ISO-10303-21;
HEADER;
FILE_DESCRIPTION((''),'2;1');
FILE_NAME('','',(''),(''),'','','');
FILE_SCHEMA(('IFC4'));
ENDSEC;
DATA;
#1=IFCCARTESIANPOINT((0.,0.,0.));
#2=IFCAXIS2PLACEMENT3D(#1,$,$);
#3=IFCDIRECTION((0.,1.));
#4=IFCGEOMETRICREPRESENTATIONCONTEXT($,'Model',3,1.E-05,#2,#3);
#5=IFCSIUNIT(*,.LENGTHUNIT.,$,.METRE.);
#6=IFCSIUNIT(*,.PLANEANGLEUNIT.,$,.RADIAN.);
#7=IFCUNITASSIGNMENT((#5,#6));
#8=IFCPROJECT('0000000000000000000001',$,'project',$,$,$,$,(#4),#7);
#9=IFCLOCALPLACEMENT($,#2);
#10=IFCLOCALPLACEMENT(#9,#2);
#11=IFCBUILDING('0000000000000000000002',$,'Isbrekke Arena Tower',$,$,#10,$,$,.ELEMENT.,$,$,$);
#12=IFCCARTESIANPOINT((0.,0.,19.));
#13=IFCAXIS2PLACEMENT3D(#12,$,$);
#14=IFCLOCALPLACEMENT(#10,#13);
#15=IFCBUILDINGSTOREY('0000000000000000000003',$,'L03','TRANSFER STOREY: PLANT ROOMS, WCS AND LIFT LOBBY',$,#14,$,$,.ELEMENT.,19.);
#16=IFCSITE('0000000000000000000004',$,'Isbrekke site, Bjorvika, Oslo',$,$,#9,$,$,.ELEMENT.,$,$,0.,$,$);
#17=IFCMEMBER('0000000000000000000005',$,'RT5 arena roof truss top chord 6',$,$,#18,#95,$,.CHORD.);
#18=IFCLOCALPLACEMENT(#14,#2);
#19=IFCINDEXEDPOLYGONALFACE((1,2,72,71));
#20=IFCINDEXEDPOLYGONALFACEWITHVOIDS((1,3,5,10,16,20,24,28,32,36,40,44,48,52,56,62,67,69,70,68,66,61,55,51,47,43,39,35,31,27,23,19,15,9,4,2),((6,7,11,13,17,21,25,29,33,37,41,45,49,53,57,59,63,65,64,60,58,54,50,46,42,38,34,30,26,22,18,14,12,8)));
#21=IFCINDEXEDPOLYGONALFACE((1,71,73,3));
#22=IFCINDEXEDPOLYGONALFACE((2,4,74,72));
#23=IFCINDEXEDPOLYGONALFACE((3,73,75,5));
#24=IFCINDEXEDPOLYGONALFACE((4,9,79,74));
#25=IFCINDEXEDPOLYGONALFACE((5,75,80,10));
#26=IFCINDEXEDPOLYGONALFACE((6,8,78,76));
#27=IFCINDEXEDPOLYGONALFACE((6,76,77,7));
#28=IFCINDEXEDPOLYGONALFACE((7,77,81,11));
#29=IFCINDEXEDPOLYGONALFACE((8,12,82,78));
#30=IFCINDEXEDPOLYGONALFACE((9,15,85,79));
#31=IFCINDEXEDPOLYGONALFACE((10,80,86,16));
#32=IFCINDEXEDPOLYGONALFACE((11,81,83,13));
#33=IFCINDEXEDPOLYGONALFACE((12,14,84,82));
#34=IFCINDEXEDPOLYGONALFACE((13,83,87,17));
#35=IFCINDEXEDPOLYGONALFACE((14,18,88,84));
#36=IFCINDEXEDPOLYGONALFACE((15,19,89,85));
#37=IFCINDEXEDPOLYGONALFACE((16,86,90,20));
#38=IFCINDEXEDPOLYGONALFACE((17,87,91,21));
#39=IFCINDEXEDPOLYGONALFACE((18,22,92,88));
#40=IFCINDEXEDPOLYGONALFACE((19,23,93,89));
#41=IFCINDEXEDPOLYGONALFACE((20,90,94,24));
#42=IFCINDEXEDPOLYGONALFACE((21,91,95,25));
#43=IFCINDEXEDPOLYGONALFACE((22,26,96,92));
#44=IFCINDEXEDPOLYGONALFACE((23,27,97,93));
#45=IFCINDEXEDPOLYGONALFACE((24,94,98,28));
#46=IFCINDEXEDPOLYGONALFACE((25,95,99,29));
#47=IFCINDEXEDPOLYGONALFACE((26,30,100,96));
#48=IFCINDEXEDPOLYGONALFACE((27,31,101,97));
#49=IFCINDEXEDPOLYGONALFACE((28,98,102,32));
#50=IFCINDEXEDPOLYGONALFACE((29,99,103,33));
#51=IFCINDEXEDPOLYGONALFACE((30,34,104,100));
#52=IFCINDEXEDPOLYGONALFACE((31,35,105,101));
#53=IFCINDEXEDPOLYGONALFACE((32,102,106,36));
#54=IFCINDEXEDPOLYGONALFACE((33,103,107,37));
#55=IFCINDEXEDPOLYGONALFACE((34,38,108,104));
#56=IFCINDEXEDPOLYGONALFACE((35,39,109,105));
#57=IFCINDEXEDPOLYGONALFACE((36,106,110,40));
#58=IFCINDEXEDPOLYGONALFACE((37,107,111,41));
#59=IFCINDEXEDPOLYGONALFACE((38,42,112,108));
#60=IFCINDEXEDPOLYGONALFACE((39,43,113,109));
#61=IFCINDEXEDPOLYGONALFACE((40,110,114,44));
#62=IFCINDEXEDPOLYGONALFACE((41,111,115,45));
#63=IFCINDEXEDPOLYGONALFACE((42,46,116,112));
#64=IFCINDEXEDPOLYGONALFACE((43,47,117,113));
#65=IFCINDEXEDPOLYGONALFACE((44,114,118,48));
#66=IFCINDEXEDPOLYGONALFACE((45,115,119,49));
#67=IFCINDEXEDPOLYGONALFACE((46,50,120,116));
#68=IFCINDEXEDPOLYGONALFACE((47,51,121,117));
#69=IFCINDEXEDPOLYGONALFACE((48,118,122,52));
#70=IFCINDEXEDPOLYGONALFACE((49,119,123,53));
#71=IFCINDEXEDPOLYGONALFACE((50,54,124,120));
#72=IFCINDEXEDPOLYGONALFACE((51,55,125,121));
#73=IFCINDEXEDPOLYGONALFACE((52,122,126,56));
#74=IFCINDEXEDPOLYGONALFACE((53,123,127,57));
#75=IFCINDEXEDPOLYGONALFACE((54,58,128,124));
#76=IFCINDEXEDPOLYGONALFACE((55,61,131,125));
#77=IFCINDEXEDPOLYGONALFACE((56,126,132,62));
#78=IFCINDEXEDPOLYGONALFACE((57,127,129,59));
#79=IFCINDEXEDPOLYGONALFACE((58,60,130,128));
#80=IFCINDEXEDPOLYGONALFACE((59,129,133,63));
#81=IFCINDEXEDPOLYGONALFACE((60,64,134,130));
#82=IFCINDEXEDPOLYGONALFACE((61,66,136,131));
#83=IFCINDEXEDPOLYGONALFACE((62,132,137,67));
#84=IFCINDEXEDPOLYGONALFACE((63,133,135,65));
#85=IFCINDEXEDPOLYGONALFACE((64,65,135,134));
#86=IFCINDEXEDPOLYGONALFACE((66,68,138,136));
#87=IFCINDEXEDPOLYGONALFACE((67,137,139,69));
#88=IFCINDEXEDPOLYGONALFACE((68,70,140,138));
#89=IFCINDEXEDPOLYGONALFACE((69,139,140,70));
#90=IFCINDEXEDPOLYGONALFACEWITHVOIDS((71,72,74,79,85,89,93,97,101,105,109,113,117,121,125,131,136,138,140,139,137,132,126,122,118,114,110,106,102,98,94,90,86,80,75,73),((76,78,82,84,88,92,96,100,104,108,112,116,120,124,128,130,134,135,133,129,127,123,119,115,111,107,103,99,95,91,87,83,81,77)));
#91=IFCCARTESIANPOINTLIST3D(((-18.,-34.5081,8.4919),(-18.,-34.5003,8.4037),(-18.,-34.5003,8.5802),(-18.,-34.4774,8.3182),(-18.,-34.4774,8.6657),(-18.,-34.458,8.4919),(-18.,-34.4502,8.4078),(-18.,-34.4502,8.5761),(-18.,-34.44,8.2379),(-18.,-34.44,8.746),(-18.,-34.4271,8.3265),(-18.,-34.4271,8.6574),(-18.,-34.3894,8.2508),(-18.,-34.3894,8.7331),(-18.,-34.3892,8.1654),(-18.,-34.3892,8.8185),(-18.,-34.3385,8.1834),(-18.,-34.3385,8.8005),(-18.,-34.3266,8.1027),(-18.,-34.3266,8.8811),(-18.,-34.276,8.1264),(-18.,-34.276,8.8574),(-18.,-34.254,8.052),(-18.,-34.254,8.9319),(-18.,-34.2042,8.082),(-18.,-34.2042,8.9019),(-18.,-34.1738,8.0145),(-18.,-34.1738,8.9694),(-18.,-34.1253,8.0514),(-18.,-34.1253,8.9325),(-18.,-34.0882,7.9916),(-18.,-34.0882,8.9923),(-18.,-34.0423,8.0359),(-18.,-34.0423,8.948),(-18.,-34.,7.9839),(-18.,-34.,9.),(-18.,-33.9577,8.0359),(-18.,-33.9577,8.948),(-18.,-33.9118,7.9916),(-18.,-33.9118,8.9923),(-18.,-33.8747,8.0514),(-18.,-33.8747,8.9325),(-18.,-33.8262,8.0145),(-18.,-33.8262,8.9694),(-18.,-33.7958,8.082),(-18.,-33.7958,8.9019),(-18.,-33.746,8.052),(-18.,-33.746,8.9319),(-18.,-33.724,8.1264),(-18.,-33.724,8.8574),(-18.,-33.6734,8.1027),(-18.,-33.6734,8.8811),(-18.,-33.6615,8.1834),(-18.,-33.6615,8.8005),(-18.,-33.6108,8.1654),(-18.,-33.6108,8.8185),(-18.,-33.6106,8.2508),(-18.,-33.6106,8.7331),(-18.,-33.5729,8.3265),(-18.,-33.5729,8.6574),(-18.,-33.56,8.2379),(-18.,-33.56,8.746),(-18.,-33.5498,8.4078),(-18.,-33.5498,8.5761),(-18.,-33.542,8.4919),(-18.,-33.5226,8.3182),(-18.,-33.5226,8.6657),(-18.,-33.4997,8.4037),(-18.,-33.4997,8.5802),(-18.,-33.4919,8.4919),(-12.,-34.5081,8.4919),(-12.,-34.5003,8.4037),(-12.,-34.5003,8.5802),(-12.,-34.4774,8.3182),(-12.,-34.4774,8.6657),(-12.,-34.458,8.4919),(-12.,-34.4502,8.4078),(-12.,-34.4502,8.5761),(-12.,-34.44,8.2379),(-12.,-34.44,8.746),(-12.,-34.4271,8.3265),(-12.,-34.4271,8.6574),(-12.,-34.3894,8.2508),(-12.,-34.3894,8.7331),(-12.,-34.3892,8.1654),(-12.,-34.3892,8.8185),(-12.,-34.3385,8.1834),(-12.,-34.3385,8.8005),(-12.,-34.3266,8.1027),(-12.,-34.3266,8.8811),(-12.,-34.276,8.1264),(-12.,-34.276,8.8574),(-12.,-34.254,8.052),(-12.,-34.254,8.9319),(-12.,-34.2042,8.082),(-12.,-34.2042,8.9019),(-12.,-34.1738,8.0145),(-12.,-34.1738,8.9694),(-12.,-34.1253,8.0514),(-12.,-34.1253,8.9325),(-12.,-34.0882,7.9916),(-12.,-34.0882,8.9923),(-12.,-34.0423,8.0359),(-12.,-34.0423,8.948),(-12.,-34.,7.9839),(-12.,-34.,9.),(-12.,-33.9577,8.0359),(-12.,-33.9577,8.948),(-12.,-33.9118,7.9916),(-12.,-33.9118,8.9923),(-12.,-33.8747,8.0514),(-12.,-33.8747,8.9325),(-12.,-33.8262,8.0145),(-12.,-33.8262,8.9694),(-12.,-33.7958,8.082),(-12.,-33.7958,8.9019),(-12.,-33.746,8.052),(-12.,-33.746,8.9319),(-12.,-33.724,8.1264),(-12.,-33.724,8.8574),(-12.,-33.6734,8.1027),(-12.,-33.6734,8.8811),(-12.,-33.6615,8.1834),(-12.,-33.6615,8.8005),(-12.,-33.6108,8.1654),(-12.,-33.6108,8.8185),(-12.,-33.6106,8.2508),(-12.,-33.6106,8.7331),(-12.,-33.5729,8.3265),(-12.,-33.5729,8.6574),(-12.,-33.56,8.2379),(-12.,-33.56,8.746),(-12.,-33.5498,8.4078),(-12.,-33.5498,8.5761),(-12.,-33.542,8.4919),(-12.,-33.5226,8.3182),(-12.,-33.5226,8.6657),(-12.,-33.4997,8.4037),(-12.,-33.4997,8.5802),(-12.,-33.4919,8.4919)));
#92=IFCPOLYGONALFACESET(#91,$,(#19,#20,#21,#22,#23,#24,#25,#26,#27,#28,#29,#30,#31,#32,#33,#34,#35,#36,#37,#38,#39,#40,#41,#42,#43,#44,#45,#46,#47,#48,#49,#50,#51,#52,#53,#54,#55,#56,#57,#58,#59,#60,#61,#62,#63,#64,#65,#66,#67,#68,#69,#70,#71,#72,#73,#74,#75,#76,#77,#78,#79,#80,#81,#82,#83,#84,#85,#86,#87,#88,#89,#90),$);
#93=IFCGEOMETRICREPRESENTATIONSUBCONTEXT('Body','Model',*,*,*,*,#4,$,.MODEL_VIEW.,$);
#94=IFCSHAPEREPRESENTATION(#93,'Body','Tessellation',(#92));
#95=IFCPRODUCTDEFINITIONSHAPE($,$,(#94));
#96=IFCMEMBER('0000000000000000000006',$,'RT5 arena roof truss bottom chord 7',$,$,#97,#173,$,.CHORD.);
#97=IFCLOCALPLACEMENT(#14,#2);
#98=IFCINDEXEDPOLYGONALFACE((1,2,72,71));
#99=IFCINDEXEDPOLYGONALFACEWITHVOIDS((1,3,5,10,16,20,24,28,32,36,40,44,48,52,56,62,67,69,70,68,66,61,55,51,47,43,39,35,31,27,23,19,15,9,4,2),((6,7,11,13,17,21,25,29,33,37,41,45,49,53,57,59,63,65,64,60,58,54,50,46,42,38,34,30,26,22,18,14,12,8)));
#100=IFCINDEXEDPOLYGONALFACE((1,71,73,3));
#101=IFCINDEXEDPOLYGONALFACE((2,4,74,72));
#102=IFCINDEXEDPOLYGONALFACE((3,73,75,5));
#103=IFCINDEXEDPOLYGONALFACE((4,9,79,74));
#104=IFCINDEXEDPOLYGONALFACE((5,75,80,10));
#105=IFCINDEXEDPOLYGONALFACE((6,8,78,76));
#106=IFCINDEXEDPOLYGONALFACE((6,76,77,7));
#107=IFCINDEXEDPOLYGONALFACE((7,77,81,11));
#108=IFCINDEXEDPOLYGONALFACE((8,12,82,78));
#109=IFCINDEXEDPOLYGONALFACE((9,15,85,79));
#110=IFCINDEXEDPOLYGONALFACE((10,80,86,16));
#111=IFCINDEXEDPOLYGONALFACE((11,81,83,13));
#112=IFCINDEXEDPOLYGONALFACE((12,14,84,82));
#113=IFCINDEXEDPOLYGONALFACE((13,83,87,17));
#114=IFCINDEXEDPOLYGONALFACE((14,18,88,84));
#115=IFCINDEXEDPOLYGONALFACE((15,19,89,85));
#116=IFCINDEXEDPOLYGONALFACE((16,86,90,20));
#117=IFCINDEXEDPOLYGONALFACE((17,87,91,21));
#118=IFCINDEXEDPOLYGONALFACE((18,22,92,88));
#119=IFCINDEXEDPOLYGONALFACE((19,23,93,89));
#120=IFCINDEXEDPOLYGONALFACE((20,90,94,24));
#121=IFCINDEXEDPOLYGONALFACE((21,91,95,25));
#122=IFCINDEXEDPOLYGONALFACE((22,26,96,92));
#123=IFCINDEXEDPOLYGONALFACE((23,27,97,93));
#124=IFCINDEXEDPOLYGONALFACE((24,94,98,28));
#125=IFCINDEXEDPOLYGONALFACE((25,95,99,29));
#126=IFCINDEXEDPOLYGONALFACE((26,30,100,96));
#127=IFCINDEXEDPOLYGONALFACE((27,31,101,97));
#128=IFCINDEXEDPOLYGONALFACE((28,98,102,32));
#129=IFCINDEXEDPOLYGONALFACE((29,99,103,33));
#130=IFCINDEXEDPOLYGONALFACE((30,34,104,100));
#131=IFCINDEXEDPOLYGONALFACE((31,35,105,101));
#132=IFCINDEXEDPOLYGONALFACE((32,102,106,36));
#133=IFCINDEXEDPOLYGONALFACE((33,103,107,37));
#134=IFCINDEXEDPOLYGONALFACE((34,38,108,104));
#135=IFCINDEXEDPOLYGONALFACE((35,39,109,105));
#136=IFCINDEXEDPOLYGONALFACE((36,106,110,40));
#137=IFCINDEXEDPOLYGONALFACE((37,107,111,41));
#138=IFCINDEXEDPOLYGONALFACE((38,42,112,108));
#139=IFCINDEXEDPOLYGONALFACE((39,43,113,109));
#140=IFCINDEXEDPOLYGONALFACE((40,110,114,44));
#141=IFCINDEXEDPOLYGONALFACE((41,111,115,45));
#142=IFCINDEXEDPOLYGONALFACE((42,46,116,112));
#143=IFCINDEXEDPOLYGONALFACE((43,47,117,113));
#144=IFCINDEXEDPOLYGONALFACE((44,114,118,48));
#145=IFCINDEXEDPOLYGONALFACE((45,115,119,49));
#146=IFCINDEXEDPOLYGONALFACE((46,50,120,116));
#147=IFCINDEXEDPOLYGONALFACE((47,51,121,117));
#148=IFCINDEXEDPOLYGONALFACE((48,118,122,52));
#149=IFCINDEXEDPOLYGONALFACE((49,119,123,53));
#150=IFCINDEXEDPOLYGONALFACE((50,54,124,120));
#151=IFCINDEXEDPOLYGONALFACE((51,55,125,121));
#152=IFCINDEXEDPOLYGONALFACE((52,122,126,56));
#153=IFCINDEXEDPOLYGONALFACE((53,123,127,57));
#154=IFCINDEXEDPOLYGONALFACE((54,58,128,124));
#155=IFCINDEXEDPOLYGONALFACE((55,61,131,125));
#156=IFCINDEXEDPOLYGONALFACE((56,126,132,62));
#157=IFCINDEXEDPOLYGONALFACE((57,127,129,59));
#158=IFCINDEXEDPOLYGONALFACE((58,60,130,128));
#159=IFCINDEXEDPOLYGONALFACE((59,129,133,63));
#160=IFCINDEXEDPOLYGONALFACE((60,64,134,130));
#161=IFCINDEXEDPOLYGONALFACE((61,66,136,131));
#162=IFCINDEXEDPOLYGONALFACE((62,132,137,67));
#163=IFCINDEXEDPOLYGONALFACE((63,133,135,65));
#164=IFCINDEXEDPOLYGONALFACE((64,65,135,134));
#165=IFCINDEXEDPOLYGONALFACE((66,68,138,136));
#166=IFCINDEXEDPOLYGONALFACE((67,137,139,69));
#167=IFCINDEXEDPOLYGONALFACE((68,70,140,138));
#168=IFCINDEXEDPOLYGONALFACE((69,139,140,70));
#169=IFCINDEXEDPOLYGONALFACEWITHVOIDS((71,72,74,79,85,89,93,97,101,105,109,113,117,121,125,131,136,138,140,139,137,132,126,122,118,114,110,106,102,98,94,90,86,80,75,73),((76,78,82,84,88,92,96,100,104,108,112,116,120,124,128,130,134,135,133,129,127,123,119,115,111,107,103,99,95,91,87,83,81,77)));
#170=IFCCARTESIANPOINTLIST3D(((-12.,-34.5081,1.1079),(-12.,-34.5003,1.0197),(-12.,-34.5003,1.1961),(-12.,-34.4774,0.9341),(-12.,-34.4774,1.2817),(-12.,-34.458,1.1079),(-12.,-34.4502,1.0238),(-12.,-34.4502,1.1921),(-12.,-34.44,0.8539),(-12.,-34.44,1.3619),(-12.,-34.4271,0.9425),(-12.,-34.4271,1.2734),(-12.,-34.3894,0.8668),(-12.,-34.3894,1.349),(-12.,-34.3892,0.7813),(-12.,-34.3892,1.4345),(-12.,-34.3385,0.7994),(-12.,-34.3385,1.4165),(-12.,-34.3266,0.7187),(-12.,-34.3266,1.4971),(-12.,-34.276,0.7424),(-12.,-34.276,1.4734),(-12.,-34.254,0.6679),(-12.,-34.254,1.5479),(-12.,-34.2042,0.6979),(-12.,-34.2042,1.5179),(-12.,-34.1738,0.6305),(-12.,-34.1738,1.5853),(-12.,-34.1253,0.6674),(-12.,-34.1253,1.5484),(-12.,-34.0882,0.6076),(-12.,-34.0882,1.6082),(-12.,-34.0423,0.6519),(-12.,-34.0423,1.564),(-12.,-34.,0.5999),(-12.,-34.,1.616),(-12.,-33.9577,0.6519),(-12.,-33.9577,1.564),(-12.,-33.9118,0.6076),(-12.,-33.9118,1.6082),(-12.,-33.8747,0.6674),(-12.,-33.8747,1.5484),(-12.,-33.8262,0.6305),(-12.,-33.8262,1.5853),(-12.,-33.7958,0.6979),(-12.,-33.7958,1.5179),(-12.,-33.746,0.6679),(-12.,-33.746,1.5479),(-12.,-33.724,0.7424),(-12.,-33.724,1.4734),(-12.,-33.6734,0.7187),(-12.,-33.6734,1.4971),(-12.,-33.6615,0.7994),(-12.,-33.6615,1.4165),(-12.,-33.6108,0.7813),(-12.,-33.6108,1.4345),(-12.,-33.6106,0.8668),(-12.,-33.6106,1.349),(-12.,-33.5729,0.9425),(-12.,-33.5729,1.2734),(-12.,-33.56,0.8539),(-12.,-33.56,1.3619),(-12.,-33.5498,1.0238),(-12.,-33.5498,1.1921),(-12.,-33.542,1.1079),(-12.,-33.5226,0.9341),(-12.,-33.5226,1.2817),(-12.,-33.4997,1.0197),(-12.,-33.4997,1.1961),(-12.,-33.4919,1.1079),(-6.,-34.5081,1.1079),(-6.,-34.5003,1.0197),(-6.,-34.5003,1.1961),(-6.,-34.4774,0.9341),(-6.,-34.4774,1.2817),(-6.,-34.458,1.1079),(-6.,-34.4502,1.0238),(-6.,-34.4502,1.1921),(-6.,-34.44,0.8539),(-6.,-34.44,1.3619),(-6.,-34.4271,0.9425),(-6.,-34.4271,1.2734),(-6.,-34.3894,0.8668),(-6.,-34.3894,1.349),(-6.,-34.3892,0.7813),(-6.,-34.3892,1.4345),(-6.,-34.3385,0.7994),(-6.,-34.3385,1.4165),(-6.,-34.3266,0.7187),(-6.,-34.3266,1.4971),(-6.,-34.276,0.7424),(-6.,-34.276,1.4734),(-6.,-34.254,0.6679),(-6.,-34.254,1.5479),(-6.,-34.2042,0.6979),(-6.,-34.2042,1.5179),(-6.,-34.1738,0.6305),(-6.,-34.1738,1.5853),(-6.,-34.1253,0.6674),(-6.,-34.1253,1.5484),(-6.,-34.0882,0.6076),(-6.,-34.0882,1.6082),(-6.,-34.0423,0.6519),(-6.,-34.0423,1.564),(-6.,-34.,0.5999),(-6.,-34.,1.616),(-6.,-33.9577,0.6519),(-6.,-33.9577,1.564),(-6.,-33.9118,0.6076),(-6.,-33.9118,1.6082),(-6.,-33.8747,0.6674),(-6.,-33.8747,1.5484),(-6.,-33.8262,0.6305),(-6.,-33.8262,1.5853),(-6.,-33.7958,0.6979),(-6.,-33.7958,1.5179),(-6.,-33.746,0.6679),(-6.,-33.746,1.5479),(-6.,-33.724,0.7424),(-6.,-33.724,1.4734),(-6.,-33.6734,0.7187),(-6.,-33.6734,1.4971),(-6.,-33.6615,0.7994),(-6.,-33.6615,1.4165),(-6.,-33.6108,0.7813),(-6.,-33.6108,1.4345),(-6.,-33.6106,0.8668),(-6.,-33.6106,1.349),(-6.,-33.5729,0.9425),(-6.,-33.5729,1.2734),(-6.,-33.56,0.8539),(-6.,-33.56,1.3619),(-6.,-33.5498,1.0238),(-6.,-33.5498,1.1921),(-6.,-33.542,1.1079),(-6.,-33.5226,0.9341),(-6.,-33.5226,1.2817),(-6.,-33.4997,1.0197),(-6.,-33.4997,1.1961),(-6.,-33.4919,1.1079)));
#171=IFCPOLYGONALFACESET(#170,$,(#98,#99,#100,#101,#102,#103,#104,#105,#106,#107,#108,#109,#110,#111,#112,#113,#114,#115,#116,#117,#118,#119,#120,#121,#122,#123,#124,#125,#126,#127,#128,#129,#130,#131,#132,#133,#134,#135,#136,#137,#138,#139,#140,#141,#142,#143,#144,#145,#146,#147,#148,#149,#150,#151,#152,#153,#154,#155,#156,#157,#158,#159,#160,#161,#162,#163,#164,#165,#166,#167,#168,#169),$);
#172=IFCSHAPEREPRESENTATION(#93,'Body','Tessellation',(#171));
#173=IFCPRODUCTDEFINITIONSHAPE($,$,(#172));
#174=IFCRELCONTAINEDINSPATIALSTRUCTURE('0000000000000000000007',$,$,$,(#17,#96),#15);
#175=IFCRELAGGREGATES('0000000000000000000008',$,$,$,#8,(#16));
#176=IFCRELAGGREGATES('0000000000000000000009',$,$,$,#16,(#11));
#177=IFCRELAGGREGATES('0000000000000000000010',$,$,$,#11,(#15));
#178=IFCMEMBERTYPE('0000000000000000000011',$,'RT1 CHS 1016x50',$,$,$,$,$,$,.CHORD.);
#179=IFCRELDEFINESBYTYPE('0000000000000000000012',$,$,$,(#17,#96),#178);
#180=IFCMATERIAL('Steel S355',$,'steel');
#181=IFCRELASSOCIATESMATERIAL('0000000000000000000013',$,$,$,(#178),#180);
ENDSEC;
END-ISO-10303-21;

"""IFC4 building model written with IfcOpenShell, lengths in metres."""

from ifc_helpers import new_model, si_unit, direction, frame, origin, origin_2d, place, context, subcontext, project, spatial, hollow_circle, extrude, material, material_profile, profile_set, type_object, element, save


model = new_model("IFC4")

# Units and contexts
model_context = context("Model", 3, precision=1e-05, world=origin(), true_north=direction((0.0, 1.0)))
body_context = subcontext(model_context, "Body", "Model", "MODEL_VIEW")
ifc_project = project(units=[si_unit("LENGTHUNIT", "METRE"), si_unit("PLANEANGLEUNIT", "RADIAN")], contexts=[model_context])

# Site, building, storey
site_placement = place(None, origin())
site = spatial("IfcSite", under=ifc_project, at=site_placement, Name="Isbrekke site, Bjorvika, Oslo", CompositionType="ELEMENT", RefElevation=0.0)
building_placement = place(site_placement, origin())
building = spatial("IfcBuilding", under=site, at=building_placement, Name="Isbrekke Arena Tower", CompositionType="ELEMENT")
storey_placement = place(building_placement, frame((0.0, 0.0, 19.0)))
storey = spatial("IfcBuildingStorey", under=building, at=storey_placement, Name="L03", Description="TRANSFER STOREY: PLANT ROOMS, WCS AND LIFT LOBBY", CompositionType="ELEMENT", Elevation=19.0)

# Members
ifc_material_1 = material(Name="Steel S355", Category="steel")
ifc_material_profile_1 = material_profile(ifc_material_1, hollow_circle(Radius=0.5081, WallThickness=0.05, at=origin_2d()), Name="CHS 1016x50")
ifc_profile_set_1 = profile_set([ifc_material_profile_1], Name="Steel S355")
member_type_1 = type_object("IfcMemberType", Name="RT1 CHS 1016x50", PredefinedType="CHORD", material=ifc_profile_set_1)
for number, where, z_axis, x_axis, name in (
    (1, (-18.0, -34.0, 8.4919), (1.0, 0.0, 0.0), (0.0, 1.0, 0.0), "RT5 arena roof truss top chord 6"),
    (2, (-12.0, -34.0, 1.1079), (1.0, 0.0, 0.0), (0.0, 1.0, 0.0), "RT5 arena roof truss bottom chord 7"),
):
    element("IfcMember", number, at=place(storey_placement, frame(where, z_axis=z_axis, x_axis=x_axis)), inside=storey, type_object=member_type_1, Name=name, PredefinedType="CHORD", context=body_context, shape_type="SweptSolid", body=[
        extrude(hollow_circle(Radius=0.5081, WallThickness=0.05, at=origin_2d()), origin(), (0.0, 0.0, 1.0), 6.0),
    ])

save(model, "model.ifc")
